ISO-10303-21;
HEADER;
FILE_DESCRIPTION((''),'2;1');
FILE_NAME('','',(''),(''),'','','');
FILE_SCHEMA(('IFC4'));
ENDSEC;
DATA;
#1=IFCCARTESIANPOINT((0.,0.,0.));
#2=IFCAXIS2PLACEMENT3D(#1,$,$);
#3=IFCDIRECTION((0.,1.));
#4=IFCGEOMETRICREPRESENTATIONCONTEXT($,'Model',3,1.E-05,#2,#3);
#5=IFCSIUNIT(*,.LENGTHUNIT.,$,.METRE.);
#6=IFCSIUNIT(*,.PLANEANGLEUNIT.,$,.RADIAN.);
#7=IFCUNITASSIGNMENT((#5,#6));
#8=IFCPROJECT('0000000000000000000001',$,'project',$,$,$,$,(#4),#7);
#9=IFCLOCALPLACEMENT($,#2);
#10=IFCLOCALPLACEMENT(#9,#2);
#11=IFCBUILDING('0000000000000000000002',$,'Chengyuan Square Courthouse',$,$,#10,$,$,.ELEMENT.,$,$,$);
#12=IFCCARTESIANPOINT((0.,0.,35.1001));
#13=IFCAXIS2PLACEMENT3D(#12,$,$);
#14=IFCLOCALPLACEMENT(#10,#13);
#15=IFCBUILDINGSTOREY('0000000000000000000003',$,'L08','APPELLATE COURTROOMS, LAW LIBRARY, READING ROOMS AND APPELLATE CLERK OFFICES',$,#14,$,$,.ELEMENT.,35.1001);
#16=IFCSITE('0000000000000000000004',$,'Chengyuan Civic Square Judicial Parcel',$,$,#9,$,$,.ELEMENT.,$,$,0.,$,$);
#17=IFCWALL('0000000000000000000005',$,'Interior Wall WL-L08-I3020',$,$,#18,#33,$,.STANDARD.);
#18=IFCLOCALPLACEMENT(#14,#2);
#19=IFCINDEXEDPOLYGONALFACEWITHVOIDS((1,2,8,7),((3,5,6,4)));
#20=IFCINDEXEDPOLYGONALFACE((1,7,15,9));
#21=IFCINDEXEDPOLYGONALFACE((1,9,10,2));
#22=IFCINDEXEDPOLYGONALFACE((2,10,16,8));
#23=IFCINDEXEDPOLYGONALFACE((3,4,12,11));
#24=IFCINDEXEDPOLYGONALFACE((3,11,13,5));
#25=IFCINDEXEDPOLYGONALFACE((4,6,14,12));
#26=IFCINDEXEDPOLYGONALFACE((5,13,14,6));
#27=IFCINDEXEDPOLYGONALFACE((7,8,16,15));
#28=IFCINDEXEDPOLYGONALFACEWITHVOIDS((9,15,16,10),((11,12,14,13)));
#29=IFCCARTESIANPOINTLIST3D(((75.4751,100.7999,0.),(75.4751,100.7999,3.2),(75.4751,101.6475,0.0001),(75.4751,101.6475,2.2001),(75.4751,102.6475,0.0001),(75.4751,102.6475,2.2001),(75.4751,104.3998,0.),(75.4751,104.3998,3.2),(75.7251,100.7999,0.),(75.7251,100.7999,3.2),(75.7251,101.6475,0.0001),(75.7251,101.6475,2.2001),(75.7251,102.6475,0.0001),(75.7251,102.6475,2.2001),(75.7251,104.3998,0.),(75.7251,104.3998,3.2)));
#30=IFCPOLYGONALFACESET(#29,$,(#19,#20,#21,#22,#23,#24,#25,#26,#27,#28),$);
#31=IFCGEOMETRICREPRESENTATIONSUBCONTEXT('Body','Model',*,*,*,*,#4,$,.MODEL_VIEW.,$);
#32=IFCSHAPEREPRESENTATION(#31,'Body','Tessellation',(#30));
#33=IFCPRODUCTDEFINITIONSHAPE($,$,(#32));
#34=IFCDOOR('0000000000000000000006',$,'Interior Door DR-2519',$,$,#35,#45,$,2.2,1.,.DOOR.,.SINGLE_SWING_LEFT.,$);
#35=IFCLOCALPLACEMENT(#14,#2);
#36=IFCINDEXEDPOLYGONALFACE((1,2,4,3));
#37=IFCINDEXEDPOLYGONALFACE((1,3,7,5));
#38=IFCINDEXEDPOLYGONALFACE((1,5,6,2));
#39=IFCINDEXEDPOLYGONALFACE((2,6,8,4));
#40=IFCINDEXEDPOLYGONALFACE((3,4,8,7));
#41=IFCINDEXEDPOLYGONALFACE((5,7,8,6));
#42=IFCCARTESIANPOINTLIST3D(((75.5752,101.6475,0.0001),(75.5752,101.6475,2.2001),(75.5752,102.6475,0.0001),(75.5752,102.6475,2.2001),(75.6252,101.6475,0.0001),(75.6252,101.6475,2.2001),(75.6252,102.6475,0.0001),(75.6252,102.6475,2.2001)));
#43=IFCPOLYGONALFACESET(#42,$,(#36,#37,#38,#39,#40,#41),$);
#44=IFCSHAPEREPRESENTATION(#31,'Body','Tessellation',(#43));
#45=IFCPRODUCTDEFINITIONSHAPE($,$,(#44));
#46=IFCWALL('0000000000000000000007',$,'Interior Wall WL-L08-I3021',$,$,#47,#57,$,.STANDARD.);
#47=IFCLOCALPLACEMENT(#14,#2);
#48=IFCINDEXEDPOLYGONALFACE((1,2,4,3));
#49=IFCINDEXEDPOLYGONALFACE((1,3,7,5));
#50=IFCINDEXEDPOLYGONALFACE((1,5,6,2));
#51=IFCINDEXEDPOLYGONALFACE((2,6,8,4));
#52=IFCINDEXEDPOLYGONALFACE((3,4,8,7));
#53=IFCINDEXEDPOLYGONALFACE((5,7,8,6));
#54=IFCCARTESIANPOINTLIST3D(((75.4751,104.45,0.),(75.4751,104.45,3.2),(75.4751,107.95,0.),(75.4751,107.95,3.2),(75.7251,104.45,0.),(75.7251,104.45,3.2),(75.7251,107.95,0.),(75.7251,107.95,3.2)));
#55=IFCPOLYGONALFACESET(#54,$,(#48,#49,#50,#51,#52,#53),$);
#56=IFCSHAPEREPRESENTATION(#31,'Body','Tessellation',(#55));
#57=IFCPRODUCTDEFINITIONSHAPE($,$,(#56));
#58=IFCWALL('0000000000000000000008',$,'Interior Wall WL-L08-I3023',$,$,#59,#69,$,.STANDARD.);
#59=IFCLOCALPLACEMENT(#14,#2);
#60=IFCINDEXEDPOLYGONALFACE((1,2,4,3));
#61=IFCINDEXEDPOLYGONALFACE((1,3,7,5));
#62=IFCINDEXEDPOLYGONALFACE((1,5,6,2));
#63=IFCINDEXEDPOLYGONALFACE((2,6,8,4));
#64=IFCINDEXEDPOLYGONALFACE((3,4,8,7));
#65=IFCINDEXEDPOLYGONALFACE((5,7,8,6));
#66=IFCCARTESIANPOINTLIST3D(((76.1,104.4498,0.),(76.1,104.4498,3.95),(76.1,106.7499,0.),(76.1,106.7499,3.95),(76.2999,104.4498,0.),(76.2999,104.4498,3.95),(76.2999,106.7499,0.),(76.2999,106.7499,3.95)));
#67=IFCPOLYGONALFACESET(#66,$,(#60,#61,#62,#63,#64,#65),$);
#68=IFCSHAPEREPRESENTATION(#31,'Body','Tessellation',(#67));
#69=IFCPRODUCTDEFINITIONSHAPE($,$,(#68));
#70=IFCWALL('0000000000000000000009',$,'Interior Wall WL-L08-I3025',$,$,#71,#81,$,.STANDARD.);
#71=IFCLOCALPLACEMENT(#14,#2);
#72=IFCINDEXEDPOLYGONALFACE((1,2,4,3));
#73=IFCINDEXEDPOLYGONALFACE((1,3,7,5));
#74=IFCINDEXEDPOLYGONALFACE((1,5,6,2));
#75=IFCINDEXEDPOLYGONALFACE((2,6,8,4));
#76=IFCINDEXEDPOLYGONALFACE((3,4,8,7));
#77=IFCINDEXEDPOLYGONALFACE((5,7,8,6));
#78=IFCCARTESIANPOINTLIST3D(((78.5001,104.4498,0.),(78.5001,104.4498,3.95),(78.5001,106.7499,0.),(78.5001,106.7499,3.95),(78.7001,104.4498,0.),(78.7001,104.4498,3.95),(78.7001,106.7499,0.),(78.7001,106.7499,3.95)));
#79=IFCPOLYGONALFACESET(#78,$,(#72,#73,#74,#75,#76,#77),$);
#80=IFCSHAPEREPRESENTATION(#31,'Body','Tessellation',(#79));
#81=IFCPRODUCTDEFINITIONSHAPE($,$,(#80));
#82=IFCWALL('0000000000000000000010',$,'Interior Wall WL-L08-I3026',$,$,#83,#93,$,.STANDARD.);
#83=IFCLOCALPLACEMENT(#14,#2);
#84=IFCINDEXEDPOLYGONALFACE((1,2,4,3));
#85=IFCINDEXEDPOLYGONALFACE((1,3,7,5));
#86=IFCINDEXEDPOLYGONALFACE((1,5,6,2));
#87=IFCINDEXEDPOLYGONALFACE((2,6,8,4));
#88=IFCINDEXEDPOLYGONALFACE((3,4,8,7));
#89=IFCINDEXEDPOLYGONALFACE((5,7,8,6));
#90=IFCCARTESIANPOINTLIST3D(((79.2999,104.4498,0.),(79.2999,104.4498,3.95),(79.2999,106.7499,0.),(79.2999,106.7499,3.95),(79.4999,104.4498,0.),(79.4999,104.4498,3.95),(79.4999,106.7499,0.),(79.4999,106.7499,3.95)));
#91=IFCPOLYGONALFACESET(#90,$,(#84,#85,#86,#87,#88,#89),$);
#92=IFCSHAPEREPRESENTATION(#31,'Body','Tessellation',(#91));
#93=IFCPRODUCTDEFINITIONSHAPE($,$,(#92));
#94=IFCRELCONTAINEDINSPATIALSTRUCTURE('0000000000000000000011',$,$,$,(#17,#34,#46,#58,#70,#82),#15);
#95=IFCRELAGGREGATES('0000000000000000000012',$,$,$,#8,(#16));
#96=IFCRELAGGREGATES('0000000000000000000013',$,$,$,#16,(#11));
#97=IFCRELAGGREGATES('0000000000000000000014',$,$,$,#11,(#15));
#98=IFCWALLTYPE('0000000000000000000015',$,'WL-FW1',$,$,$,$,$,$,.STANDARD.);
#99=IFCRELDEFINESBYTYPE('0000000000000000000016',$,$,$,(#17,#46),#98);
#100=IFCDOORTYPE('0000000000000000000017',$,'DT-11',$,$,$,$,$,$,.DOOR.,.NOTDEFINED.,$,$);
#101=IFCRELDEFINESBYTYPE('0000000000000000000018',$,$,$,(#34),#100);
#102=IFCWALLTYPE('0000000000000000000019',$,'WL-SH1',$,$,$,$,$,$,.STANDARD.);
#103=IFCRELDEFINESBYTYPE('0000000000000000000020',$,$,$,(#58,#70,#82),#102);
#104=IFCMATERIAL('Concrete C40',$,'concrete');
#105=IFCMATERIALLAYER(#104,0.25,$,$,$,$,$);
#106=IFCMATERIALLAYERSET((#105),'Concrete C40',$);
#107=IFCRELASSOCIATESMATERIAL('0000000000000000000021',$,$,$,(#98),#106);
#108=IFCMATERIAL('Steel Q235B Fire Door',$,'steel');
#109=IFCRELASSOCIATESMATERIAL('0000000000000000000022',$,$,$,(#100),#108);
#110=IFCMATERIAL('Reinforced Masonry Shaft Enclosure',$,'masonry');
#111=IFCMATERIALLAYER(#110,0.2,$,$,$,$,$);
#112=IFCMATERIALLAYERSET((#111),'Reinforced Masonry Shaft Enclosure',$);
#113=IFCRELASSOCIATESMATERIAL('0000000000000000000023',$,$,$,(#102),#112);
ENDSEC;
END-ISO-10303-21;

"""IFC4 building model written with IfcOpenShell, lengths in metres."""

from ifc_helpers import new_model, si_unit, direction, frame, frame_2d, origin, place, context, subcontext, project, spatial, rectangle, extrude, material, layer, layer_set, type_object, element, fill, save


model = new_model("IFC4")

# Units and contexts
model_context = context("Model", 3, precision=1e-05, world=origin(), true_north=direction((0.0, 1.0)))
body_context = subcontext(model_context, "Body", "Model", "MODEL_VIEW")
ifc_project = project(units=[si_unit("LENGTHUNIT", "METRE"), si_unit("PLANEANGLEUNIT", "RADIAN")], contexts=[model_context])

# Site, building, storey
site_placement = place(None, origin())
site = spatial("IfcSite", under=ifc_project, at=site_placement, Name="Chengyuan Civic Square Judicial Parcel", CompositionType="ELEMENT", RefElevation=0.0)
building_placement = place(site_placement, origin())
building = spatial("IfcBuilding", under=site, at=building_placement, Name="Chengyuan Square Courthouse", CompositionType="ELEMENT")
storey_placement = place(building_placement, frame((0.0, 0.0, 35.1001)))
storey = spatial("IfcBuildingStorey", under=building, at=storey_placement, Name="L08", Description="APPELLATE COURTROOMS, LAW LIBRARY, READING ROOMS AND APPELLATE CLERK OFFICES", CompositionType="ELEMENT", Elevation=35.1001)

# Shared definitions
ifc_material_1 = material(Name="Concrete C40", Category="concrete")

# Shared definitions
ifc_layer_1 = layer(ifc_material_1, 0.25)
ifc_layer_set_1 = layer_set([ifc_layer_1], Name="Concrete C40")
wall_type_1 = type_object("IfcWallType", Name="WL-FW1", PredefinedType="STANDARD", material=ifc_layer_set_1)
ifc_material_2 = material(Name="Steel Q235B Fire Door", Category="steel")
door_type_1 = type_object("IfcDoorType", Name="DT-11", OperationType="NOTDEFINED", PredefinedType="DOOR", material=ifc_material_2)

# Wall, opening, door
wall_1_placement = place(storey_placement, frame((75.6001, 100.8, 0.0), z_axis=(0.0, 0.0, 1.0), x_axis=(0.0, 1.0, 0.0)))
wall_1 = element("IfcWall", 1, at=wall_1_placement, inside=storey, type_object=wall_type_1, Name="Interior Wall WL-L08-I3020", PredefinedType="STANDARD", context=body_context, shape_type="SweptSolid", body=[
    extrude(rectangle(XDim=3.5999, YDim=0.25, at=frame_2d((1.7998, 0.0))), origin(), (0.0, 0.0, 1.0), 3.2),
])
opening_1_placement = place(wall_1_placement, frame((0.8474, 0.0, 0.0)))
opening_1 = element("IfcOpeningElement", 2, at=opening_1_placement, cuts=wall_1, PredefinedType="OPENING", context=body_context, shape_type="SweptSolid", body=[
    extrude(rectangle(XDim=1.0, YDim=2.2, at=frame_2d((0.5, 1.1001))), frame((0.0, 0.137, 0.0), z_axis=(0.0, -1.0, 0.0), x_axis=(1.0, 0.0, 0.0)), (0.0, 0.0, 1.0), 0.2739),
])
door_1_placement = place(opening_1_placement, origin())
door_1 = element("IfcDoor", 3, at=door_1_placement, inside=storey, type_object=door_type_1, Name="Interior Door DR-2519", OperationType="SINGLE_SWING_LEFT", OverallHeight=2.2, OverallWidth=1.0, PredefinedType="DOOR", context=body_context, shape_type="SweptSolid", body=[
    extrude(rectangle(XDim=1.0, YDim=2.2, at=frame_2d((0.5, 1.1001))), frame((0.0, 0.0249, 0.0), z_axis=(0.0, -1.0, 0.0), x_axis=(1.0, 0.0, 0.0)), (0.0, 0.0, 1.0), 0.05),
])
fill(opening_1, door_1)

# Wall
wall_2_placement = place(storey_placement, frame((75.6001, 104.45, 0.0), z_axis=(0.0, 0.0, 1.0), x_axis=(0.0, 1.0, 0.0)))
element("IfcWall", 4, at=wall_2_placement, inside=storey, type_object=wall_type_1, Name="Interior Wall WL-L08-I3021", PredefinedType="STANDARD", context=body_context, shape_type="SweptSolid", body=[
    extrude(rectangle(XDim=3.5, YDim=0.25, at=frame_2d((1.75, 0.0))), origin(), (0.0, 0.0, 1.0), 3.2),
])

# Shared definitions
ifc_material_3 = material(Name="Reinforced Masonry Shaft Enclosure", Category="masonry")
ifc_layer_2 = layer(ifc_material_3, 0.2)
ifc_layer_set_2 = layer_set([ifc_layer_2], Name="Reinforced Masonry Shaft Enclosure")
wall_type_2 = type_object("IfcWallType", Name="WL-SH1", PredefinedType="STANDARD", material=ifc_layer_set_2)

# Walls
for number, where, z_axis, x_axis, name in (
    (5, (76.2, 104.45, 0.0), (0.0, 0.0, 1.0), (0.0, 1.0, 0.0), "Interior Wall WL-L08-I3023"),
    (6, (78.6001, 104.45, 0.0), (0.0, 0.0, 1.0), (0.0, 1.0, 0.0), "Interior Wall WL-L08-I3025"),
    (7, (79.3999, 104.45, 0.0), (0.0, 0.0, 1.0), (0.0, 1.0, 0.0), "Interior Wall WL-L08-I3026"),
):
    element("IfcWall", number, at=place(storey_placement, frame(where, z_axis=z_axis, x_axis=x_axis)), inside=storey, type_object=wall_type_2, Name=name, PredefinedType="STANDARD", context=body_context, shape_type="SweptSolid", body=[
        extrude(rectangle(XDim=2.3, YDim=0.2, at=frame_2d((1.1499, 0.0))), origin(), (0.0, 0.0, 1.0), 3.95),
    ])

save(model, "model.ifc")
